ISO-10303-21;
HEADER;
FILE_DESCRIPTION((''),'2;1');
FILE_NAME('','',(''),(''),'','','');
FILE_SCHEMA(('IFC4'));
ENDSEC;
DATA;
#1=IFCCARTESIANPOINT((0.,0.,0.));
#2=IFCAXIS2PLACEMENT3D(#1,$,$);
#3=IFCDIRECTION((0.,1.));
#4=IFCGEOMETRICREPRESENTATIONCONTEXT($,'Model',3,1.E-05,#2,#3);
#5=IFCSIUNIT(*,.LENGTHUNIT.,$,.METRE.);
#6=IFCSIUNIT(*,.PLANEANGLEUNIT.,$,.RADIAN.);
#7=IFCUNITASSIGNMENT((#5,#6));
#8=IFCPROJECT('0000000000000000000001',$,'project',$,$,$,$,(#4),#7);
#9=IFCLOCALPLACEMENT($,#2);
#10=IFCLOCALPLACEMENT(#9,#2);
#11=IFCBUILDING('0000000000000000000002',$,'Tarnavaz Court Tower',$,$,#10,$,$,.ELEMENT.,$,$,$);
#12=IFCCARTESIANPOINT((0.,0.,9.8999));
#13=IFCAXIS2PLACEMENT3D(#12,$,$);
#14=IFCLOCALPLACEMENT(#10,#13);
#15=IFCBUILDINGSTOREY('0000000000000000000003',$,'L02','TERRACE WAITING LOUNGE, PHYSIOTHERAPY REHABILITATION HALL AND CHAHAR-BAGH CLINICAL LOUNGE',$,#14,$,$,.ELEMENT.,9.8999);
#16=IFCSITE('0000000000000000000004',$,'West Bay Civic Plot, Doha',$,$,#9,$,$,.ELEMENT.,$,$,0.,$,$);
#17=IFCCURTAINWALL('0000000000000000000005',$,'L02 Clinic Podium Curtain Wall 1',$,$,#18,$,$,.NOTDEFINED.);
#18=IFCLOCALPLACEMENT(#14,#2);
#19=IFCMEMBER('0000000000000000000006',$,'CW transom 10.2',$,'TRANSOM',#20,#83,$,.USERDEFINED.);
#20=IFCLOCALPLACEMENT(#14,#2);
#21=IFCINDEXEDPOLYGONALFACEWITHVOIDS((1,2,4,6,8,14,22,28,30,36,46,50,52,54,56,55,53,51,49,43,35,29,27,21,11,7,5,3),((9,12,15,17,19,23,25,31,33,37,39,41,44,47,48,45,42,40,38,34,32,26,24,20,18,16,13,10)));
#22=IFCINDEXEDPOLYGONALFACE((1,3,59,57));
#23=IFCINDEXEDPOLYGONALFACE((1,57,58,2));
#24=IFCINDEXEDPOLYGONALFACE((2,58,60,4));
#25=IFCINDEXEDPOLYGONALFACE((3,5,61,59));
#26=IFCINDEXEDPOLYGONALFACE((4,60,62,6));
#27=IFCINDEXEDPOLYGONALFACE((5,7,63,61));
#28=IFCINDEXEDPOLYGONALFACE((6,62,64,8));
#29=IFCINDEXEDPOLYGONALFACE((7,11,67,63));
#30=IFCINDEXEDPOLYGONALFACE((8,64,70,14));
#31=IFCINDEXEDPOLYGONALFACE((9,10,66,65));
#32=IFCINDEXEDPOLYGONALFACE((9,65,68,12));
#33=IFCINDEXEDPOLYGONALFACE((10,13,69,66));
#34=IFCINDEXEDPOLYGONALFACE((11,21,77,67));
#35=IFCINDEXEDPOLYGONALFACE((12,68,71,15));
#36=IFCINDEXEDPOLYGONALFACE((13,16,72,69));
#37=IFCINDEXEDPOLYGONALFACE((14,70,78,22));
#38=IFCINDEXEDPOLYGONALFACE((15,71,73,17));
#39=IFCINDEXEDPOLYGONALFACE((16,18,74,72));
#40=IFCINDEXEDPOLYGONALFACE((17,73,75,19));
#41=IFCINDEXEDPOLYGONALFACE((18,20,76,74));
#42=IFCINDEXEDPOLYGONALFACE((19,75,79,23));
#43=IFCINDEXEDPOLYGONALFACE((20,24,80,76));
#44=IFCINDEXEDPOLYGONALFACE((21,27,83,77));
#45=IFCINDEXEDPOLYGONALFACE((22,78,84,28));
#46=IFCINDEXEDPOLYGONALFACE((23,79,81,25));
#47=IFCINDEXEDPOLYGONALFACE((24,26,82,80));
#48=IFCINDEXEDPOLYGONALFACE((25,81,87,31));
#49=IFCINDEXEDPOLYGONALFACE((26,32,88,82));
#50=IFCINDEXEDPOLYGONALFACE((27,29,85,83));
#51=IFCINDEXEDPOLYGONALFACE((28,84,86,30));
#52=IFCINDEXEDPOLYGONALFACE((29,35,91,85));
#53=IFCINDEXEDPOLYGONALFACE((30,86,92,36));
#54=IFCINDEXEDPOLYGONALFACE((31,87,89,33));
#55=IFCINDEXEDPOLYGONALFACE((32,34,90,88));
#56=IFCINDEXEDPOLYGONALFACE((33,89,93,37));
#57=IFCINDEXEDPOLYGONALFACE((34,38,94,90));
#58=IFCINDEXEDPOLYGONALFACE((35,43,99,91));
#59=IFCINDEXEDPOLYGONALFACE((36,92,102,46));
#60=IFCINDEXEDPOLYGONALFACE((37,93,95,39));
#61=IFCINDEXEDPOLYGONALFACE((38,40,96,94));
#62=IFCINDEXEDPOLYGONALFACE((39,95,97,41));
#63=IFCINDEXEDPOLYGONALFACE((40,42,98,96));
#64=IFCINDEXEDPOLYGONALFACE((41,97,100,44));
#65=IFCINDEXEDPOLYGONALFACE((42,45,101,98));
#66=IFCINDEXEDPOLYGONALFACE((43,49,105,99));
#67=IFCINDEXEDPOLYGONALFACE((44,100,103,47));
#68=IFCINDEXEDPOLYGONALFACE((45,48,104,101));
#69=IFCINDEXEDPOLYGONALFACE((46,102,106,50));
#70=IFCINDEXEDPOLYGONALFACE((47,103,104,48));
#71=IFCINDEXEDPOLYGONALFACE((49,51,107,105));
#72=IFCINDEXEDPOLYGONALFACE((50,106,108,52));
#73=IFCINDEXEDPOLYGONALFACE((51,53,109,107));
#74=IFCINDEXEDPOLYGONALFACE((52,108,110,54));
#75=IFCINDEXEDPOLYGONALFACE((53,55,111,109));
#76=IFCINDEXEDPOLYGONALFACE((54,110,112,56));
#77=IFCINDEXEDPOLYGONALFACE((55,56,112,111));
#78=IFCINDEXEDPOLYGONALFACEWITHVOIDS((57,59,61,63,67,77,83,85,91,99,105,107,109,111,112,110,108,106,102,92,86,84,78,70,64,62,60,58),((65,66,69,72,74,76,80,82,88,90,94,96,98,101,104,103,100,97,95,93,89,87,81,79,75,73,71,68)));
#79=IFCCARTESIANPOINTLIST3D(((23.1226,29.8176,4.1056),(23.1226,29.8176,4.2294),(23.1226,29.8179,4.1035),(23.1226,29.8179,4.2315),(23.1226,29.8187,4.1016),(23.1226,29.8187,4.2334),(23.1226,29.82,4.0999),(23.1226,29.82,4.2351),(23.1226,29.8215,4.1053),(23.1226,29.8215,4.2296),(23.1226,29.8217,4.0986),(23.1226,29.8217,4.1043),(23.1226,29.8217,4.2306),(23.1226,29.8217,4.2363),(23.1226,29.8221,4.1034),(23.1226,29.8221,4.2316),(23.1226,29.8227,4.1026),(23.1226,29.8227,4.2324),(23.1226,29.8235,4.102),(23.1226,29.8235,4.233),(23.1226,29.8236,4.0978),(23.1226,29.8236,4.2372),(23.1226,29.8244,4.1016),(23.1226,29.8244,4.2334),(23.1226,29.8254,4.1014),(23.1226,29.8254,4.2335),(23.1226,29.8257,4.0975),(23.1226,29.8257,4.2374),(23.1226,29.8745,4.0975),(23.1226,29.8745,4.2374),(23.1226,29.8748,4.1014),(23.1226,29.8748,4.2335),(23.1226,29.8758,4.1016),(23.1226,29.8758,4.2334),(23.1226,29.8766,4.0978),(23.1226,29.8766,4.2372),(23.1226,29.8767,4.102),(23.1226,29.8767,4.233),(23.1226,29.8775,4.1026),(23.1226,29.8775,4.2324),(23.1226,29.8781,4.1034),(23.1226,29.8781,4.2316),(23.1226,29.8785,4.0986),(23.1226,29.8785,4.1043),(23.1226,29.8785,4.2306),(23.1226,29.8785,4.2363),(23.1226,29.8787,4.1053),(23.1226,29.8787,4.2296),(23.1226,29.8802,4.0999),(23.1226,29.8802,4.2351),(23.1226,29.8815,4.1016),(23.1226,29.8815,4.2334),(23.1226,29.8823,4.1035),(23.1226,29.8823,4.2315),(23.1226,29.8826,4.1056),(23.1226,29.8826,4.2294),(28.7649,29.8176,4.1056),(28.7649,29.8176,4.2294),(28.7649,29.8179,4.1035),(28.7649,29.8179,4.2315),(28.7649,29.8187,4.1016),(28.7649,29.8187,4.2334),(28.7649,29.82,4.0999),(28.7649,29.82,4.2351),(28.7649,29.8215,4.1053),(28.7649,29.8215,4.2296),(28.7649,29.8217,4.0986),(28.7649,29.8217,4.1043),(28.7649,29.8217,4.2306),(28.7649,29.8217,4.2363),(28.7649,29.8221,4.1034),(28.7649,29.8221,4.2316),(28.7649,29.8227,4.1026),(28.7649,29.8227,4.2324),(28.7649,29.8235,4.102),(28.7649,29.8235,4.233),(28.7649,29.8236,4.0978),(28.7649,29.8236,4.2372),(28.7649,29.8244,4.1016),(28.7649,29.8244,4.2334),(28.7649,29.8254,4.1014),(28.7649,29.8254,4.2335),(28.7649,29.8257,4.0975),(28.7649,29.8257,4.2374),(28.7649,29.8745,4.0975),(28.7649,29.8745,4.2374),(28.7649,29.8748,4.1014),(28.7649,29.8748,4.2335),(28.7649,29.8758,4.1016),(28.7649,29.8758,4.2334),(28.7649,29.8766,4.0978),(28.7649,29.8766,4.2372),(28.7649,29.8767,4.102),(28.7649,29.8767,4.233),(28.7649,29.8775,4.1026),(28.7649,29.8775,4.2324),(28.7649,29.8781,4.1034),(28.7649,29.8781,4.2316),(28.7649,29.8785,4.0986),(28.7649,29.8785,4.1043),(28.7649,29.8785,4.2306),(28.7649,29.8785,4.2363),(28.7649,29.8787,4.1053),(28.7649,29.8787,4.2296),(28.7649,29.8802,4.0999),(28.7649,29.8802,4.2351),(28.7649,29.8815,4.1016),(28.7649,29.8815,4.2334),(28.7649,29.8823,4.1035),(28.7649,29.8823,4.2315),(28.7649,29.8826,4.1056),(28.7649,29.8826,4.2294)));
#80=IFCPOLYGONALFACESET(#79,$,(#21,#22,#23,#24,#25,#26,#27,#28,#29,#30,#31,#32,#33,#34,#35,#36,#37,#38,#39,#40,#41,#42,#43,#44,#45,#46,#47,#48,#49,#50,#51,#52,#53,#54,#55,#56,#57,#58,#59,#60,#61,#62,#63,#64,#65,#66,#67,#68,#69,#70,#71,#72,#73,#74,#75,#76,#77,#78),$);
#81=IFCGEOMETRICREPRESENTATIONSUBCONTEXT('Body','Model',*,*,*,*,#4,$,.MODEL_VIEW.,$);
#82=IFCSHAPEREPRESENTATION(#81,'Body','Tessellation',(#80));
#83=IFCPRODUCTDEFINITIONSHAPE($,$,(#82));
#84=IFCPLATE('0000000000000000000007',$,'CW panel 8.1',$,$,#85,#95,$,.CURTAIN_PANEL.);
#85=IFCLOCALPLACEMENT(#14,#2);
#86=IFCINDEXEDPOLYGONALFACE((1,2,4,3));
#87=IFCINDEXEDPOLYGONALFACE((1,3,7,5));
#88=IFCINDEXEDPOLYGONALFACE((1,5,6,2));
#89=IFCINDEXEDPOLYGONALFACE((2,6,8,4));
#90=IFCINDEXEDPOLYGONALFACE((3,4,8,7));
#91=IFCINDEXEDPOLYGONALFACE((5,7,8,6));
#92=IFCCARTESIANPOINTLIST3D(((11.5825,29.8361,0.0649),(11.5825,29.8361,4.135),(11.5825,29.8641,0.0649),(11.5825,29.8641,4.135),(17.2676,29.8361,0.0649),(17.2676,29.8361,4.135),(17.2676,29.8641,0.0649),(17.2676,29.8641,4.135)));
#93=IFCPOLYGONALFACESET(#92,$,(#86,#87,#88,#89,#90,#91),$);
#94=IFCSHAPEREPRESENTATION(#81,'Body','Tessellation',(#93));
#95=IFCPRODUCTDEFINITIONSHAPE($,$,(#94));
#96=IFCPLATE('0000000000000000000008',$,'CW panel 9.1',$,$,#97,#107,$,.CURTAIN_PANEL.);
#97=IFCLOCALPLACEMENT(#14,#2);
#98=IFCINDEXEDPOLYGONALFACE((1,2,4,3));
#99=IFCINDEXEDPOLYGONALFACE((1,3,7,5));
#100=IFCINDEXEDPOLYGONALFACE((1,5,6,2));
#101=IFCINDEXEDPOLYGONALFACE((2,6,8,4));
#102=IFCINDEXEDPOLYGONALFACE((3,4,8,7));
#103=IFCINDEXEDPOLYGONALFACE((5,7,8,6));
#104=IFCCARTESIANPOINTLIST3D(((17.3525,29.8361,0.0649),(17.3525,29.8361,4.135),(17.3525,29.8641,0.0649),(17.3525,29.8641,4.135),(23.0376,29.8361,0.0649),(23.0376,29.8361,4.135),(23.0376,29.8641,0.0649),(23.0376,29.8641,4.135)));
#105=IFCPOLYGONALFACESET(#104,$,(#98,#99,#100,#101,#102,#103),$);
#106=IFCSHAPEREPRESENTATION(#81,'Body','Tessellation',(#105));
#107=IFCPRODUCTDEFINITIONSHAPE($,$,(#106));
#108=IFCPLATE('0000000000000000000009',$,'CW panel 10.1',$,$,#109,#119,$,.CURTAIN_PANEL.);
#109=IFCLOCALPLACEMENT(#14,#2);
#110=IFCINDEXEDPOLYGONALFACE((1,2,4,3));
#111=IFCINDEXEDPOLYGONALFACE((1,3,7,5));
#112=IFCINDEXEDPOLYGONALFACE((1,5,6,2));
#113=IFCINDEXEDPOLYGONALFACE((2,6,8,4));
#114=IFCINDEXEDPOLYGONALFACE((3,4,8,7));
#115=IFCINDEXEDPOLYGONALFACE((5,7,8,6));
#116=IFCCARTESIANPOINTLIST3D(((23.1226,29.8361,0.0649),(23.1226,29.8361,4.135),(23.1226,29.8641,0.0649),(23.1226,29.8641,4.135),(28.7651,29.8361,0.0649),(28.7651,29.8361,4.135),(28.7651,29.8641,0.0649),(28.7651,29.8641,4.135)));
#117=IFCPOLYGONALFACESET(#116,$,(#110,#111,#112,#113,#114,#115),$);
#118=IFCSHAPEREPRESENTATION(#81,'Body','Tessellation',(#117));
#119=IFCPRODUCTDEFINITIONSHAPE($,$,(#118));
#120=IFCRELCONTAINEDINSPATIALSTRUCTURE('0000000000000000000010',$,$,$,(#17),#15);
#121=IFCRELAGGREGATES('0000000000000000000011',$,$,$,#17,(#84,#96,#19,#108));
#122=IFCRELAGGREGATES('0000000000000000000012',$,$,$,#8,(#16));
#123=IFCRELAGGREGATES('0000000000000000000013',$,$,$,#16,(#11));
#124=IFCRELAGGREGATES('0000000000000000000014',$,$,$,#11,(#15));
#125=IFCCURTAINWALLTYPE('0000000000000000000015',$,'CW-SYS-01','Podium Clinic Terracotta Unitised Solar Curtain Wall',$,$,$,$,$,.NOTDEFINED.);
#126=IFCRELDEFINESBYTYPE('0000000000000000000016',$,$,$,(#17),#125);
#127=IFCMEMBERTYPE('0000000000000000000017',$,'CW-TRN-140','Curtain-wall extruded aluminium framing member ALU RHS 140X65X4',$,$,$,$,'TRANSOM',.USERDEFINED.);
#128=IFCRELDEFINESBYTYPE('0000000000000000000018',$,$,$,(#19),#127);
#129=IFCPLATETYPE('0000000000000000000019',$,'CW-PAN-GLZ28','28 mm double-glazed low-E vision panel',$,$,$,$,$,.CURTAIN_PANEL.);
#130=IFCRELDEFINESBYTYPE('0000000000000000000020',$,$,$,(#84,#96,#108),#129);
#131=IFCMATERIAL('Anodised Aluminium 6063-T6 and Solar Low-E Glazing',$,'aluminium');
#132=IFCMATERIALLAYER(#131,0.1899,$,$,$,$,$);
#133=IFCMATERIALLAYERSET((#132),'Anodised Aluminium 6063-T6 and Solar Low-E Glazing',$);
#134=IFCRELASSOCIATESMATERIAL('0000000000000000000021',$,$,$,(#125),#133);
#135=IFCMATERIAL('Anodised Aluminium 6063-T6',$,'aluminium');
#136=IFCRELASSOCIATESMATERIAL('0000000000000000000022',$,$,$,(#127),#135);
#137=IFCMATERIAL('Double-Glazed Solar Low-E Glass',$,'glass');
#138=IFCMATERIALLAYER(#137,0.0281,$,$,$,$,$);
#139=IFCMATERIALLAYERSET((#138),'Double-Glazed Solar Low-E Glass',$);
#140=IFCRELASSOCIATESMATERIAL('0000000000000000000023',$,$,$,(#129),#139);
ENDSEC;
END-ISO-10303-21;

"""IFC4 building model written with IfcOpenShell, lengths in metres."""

from ifc_helpers import new_model, si_unit, direction, frame, origin, origin_2d, place, context, subcontext, project, spatial, rectangle, hollow_rectangle, extrude, material, layer, layer_set, material_profile, profile_set, type_object, element, aggregate, save


model = new_model("IFC4")

# Units and contexts
model_context = context("Model", 3, precision=1e-05, world=origin(), true_north=direction((0.0, 1.0)))
body_context = subcontext(model_context, "Body", "Model", "MODEL_VIEW")
ifc_project = project(units=[si_unit("LENGTHUNIT", "METRE"), si_unit("PLANEANGLEUNIT", "RADIAN")], contexts=[model_context])

# Site, building, storey
site_placement = place(None, origin())
site = spatial("IfcSite", under=ifc_project, at=site_placement, Name="West Bay Civic Plot, Doha", CompositionType="ELEMENT", RefElevation=0.0)
building_placement = place(site_placement, origin())
building = spatial("IfcBuilding", under=site, at=building_placement, Name="Tarnavaz Court Tower", CompositionType="ELEMENT")
storey_placement = place(building_placement, frame((0.0, 0.0, 9.8999)))
storey = spatial("IfcBuildingStorey", under=building, at=storey_placement, Name="L02", Description="TERRACE WAITING LOUNGE, PHYSIOTHERAPY REHABILITATION HALL AND CHAHAR-BAGH CLINICAL LOUNGE", CompositionType="ELEMENT", Elevation=9.8999)

# Curtain wall, member, plates
ifc_material_1 = material(Name="Anodised Aluminium 6063-T6 and Solar Low-E Glazing", Category="aluminium")
ifc_layer_1 = layer(ifc_material_1, 0.1899)
ifc_layer_set_1 = layer_set([ifc_layer_1], Name="Anodised Aluminium 6063-T6 and Solar Low-E Glazing")
curtain_wall_type = type_object("IfcCurtainWallType", Name="CW-SYS-01", Description="Podium Clinic Terracotta Unitised Solar Curtain Wall", PredefinedType="NOTDEFINED", material=ifc_layer_set_1)
curtain_wall_placement = place(storey_placement, origin())
curtain_wall = element("IfcCurtainWall", 1, at=curtain_wall_placement, inside=storey, type_object=curtain_wall_type, Name="L02 Clinic Podium Curtain Wall 1", PredefinedType="NOTDEFINED")
ifc_material_2 = material(Name="Anodised Aluminium 6063-T6", Category="aluminium")
ifc_material_profile_1 = material_profile(ifc_material_2, hollow_rectangle(XDim=0.0649, YDim=0.1399, WallThickness=0.0039, InnerFilletRadius=0.0039, OuterFilletRadius=0.0081, at=origin_2d()), Name="ALU RHS 140X65X4")
ifc_profile_set_1 = profile_set([ifc_material_profile_1], Name="Anodised Aluminium 6063-T6")
member_type_1 = type_object("IfcMemberType", Name="CW-TRN-140", Description="Curtain-wall extruded aluminium framing member ALU RHS 140X65X4", ElementType="TRANSOM", PredefinedType="USERDEFINED", material=ifc_profile_set_1)
member_1_placement = place(storey_placement, frame((23.1226, 29.8501, 4.1675), z_axis=(1.0, 0.0, 0.0), x_axis=(0.0, 1.0, 0.0)))
member_1 = element("IfcMember", 2, at=member_1_placement, type_object=member_type_1, Name="CW transom 10.2", ObjectType="TRANSOM", PredefinedType="USERDEFINED", context=body_context, shape_type="SweptSolid", body=[
    extrude(hollow_rectangle(XDim=0.0649, YDim=0.1399, WallThickness=0.0039, InnerFilletRadius=0.0039, OuterFilletRadius=0.0081, at=origin_2d()), origin(), (0.0, 0.0, 1.0), 5.6423),
])
ifc_material_3 = material(Name="Double-Glazed Solar Low-E Glass", Category="glass")
ifc_layer_2 = layer(ifc_material_3, 0.0281)
ifc_layer_set_2 = layer_set([ifc_layer_2], Name="Double-Glazed Solar Low-E Glass")
plate_type = type_object("IfcPlateType", Name="CW-PAN-GLZ28", Description="28 mm double-glazed low-E vision panel", PredefinedType="CURTAIN_PANEL", material=ifc_layer_set_2)
plate_1_placement = place(storey_placement, frame((14.425, 29.8501, 0.0649), z_axis=(0.0, 0.0, 1.0), x_axis=(1.0, 0.0, 0.0)))
plate_1 = element("IfcPlate", 3, at=plate_1_placement, type_object=plate_type, Name="CW panel 8.1", PredefinedType="CURTAIN_PANEL", context=body_context, shape_type="SweptSolid", body=[
    extrude(rectangle(XDim=5.6851, YDim=0.0281, at=origin_2d()), origin(), (0.0, 0.0, 1.0), 4.0701),
])
plate_2_placement = place(storey_placement, frame((20.1951, 29.8501, 0.0649), z_axis=(0.0, 0.0, 1.0), x_axis=(1.0, 0.0, 0.0)))
plate_2 = element("IfcPlate", 4, at=plate_2_placement, type_object=plate_type, Name="CW panel 9.1", PredefinedType="CURTAIN_PANEL", context=body_context, shape_type="SweptSolid", body=[
    extrude(rectangle(XDim=5.6851, YDim=0.0281, at=origin_2d()), origin(), (0.0, 0.0, 1.0), 4.0701),
])
plate_3_placement = place(storey_placement, frame((25.9438, 29.8501, 0.0649), z_axis=(0.0, 0.0, 1.0), x_axis=(1.0, 0.0, 0.0)))
plate_3 = element("IfcPlate", 5, at=plate_3_placement, type_object=plate_type, Name="CW panel 10.1", PredefinedType="CURTAIN_PANEL", context=body_context, shape_type="SweptSolid", body=[
    extrude(rectangle(XDim=5.6426, YDim=0.0281, at=origin_2d()), origin(), (0.0, 0.0, 1.0), 4.0701),
])
aggregate(curtain_wall, [plate_1, plate_2, member_1, plate_3])

save(model, "model.ifc")
